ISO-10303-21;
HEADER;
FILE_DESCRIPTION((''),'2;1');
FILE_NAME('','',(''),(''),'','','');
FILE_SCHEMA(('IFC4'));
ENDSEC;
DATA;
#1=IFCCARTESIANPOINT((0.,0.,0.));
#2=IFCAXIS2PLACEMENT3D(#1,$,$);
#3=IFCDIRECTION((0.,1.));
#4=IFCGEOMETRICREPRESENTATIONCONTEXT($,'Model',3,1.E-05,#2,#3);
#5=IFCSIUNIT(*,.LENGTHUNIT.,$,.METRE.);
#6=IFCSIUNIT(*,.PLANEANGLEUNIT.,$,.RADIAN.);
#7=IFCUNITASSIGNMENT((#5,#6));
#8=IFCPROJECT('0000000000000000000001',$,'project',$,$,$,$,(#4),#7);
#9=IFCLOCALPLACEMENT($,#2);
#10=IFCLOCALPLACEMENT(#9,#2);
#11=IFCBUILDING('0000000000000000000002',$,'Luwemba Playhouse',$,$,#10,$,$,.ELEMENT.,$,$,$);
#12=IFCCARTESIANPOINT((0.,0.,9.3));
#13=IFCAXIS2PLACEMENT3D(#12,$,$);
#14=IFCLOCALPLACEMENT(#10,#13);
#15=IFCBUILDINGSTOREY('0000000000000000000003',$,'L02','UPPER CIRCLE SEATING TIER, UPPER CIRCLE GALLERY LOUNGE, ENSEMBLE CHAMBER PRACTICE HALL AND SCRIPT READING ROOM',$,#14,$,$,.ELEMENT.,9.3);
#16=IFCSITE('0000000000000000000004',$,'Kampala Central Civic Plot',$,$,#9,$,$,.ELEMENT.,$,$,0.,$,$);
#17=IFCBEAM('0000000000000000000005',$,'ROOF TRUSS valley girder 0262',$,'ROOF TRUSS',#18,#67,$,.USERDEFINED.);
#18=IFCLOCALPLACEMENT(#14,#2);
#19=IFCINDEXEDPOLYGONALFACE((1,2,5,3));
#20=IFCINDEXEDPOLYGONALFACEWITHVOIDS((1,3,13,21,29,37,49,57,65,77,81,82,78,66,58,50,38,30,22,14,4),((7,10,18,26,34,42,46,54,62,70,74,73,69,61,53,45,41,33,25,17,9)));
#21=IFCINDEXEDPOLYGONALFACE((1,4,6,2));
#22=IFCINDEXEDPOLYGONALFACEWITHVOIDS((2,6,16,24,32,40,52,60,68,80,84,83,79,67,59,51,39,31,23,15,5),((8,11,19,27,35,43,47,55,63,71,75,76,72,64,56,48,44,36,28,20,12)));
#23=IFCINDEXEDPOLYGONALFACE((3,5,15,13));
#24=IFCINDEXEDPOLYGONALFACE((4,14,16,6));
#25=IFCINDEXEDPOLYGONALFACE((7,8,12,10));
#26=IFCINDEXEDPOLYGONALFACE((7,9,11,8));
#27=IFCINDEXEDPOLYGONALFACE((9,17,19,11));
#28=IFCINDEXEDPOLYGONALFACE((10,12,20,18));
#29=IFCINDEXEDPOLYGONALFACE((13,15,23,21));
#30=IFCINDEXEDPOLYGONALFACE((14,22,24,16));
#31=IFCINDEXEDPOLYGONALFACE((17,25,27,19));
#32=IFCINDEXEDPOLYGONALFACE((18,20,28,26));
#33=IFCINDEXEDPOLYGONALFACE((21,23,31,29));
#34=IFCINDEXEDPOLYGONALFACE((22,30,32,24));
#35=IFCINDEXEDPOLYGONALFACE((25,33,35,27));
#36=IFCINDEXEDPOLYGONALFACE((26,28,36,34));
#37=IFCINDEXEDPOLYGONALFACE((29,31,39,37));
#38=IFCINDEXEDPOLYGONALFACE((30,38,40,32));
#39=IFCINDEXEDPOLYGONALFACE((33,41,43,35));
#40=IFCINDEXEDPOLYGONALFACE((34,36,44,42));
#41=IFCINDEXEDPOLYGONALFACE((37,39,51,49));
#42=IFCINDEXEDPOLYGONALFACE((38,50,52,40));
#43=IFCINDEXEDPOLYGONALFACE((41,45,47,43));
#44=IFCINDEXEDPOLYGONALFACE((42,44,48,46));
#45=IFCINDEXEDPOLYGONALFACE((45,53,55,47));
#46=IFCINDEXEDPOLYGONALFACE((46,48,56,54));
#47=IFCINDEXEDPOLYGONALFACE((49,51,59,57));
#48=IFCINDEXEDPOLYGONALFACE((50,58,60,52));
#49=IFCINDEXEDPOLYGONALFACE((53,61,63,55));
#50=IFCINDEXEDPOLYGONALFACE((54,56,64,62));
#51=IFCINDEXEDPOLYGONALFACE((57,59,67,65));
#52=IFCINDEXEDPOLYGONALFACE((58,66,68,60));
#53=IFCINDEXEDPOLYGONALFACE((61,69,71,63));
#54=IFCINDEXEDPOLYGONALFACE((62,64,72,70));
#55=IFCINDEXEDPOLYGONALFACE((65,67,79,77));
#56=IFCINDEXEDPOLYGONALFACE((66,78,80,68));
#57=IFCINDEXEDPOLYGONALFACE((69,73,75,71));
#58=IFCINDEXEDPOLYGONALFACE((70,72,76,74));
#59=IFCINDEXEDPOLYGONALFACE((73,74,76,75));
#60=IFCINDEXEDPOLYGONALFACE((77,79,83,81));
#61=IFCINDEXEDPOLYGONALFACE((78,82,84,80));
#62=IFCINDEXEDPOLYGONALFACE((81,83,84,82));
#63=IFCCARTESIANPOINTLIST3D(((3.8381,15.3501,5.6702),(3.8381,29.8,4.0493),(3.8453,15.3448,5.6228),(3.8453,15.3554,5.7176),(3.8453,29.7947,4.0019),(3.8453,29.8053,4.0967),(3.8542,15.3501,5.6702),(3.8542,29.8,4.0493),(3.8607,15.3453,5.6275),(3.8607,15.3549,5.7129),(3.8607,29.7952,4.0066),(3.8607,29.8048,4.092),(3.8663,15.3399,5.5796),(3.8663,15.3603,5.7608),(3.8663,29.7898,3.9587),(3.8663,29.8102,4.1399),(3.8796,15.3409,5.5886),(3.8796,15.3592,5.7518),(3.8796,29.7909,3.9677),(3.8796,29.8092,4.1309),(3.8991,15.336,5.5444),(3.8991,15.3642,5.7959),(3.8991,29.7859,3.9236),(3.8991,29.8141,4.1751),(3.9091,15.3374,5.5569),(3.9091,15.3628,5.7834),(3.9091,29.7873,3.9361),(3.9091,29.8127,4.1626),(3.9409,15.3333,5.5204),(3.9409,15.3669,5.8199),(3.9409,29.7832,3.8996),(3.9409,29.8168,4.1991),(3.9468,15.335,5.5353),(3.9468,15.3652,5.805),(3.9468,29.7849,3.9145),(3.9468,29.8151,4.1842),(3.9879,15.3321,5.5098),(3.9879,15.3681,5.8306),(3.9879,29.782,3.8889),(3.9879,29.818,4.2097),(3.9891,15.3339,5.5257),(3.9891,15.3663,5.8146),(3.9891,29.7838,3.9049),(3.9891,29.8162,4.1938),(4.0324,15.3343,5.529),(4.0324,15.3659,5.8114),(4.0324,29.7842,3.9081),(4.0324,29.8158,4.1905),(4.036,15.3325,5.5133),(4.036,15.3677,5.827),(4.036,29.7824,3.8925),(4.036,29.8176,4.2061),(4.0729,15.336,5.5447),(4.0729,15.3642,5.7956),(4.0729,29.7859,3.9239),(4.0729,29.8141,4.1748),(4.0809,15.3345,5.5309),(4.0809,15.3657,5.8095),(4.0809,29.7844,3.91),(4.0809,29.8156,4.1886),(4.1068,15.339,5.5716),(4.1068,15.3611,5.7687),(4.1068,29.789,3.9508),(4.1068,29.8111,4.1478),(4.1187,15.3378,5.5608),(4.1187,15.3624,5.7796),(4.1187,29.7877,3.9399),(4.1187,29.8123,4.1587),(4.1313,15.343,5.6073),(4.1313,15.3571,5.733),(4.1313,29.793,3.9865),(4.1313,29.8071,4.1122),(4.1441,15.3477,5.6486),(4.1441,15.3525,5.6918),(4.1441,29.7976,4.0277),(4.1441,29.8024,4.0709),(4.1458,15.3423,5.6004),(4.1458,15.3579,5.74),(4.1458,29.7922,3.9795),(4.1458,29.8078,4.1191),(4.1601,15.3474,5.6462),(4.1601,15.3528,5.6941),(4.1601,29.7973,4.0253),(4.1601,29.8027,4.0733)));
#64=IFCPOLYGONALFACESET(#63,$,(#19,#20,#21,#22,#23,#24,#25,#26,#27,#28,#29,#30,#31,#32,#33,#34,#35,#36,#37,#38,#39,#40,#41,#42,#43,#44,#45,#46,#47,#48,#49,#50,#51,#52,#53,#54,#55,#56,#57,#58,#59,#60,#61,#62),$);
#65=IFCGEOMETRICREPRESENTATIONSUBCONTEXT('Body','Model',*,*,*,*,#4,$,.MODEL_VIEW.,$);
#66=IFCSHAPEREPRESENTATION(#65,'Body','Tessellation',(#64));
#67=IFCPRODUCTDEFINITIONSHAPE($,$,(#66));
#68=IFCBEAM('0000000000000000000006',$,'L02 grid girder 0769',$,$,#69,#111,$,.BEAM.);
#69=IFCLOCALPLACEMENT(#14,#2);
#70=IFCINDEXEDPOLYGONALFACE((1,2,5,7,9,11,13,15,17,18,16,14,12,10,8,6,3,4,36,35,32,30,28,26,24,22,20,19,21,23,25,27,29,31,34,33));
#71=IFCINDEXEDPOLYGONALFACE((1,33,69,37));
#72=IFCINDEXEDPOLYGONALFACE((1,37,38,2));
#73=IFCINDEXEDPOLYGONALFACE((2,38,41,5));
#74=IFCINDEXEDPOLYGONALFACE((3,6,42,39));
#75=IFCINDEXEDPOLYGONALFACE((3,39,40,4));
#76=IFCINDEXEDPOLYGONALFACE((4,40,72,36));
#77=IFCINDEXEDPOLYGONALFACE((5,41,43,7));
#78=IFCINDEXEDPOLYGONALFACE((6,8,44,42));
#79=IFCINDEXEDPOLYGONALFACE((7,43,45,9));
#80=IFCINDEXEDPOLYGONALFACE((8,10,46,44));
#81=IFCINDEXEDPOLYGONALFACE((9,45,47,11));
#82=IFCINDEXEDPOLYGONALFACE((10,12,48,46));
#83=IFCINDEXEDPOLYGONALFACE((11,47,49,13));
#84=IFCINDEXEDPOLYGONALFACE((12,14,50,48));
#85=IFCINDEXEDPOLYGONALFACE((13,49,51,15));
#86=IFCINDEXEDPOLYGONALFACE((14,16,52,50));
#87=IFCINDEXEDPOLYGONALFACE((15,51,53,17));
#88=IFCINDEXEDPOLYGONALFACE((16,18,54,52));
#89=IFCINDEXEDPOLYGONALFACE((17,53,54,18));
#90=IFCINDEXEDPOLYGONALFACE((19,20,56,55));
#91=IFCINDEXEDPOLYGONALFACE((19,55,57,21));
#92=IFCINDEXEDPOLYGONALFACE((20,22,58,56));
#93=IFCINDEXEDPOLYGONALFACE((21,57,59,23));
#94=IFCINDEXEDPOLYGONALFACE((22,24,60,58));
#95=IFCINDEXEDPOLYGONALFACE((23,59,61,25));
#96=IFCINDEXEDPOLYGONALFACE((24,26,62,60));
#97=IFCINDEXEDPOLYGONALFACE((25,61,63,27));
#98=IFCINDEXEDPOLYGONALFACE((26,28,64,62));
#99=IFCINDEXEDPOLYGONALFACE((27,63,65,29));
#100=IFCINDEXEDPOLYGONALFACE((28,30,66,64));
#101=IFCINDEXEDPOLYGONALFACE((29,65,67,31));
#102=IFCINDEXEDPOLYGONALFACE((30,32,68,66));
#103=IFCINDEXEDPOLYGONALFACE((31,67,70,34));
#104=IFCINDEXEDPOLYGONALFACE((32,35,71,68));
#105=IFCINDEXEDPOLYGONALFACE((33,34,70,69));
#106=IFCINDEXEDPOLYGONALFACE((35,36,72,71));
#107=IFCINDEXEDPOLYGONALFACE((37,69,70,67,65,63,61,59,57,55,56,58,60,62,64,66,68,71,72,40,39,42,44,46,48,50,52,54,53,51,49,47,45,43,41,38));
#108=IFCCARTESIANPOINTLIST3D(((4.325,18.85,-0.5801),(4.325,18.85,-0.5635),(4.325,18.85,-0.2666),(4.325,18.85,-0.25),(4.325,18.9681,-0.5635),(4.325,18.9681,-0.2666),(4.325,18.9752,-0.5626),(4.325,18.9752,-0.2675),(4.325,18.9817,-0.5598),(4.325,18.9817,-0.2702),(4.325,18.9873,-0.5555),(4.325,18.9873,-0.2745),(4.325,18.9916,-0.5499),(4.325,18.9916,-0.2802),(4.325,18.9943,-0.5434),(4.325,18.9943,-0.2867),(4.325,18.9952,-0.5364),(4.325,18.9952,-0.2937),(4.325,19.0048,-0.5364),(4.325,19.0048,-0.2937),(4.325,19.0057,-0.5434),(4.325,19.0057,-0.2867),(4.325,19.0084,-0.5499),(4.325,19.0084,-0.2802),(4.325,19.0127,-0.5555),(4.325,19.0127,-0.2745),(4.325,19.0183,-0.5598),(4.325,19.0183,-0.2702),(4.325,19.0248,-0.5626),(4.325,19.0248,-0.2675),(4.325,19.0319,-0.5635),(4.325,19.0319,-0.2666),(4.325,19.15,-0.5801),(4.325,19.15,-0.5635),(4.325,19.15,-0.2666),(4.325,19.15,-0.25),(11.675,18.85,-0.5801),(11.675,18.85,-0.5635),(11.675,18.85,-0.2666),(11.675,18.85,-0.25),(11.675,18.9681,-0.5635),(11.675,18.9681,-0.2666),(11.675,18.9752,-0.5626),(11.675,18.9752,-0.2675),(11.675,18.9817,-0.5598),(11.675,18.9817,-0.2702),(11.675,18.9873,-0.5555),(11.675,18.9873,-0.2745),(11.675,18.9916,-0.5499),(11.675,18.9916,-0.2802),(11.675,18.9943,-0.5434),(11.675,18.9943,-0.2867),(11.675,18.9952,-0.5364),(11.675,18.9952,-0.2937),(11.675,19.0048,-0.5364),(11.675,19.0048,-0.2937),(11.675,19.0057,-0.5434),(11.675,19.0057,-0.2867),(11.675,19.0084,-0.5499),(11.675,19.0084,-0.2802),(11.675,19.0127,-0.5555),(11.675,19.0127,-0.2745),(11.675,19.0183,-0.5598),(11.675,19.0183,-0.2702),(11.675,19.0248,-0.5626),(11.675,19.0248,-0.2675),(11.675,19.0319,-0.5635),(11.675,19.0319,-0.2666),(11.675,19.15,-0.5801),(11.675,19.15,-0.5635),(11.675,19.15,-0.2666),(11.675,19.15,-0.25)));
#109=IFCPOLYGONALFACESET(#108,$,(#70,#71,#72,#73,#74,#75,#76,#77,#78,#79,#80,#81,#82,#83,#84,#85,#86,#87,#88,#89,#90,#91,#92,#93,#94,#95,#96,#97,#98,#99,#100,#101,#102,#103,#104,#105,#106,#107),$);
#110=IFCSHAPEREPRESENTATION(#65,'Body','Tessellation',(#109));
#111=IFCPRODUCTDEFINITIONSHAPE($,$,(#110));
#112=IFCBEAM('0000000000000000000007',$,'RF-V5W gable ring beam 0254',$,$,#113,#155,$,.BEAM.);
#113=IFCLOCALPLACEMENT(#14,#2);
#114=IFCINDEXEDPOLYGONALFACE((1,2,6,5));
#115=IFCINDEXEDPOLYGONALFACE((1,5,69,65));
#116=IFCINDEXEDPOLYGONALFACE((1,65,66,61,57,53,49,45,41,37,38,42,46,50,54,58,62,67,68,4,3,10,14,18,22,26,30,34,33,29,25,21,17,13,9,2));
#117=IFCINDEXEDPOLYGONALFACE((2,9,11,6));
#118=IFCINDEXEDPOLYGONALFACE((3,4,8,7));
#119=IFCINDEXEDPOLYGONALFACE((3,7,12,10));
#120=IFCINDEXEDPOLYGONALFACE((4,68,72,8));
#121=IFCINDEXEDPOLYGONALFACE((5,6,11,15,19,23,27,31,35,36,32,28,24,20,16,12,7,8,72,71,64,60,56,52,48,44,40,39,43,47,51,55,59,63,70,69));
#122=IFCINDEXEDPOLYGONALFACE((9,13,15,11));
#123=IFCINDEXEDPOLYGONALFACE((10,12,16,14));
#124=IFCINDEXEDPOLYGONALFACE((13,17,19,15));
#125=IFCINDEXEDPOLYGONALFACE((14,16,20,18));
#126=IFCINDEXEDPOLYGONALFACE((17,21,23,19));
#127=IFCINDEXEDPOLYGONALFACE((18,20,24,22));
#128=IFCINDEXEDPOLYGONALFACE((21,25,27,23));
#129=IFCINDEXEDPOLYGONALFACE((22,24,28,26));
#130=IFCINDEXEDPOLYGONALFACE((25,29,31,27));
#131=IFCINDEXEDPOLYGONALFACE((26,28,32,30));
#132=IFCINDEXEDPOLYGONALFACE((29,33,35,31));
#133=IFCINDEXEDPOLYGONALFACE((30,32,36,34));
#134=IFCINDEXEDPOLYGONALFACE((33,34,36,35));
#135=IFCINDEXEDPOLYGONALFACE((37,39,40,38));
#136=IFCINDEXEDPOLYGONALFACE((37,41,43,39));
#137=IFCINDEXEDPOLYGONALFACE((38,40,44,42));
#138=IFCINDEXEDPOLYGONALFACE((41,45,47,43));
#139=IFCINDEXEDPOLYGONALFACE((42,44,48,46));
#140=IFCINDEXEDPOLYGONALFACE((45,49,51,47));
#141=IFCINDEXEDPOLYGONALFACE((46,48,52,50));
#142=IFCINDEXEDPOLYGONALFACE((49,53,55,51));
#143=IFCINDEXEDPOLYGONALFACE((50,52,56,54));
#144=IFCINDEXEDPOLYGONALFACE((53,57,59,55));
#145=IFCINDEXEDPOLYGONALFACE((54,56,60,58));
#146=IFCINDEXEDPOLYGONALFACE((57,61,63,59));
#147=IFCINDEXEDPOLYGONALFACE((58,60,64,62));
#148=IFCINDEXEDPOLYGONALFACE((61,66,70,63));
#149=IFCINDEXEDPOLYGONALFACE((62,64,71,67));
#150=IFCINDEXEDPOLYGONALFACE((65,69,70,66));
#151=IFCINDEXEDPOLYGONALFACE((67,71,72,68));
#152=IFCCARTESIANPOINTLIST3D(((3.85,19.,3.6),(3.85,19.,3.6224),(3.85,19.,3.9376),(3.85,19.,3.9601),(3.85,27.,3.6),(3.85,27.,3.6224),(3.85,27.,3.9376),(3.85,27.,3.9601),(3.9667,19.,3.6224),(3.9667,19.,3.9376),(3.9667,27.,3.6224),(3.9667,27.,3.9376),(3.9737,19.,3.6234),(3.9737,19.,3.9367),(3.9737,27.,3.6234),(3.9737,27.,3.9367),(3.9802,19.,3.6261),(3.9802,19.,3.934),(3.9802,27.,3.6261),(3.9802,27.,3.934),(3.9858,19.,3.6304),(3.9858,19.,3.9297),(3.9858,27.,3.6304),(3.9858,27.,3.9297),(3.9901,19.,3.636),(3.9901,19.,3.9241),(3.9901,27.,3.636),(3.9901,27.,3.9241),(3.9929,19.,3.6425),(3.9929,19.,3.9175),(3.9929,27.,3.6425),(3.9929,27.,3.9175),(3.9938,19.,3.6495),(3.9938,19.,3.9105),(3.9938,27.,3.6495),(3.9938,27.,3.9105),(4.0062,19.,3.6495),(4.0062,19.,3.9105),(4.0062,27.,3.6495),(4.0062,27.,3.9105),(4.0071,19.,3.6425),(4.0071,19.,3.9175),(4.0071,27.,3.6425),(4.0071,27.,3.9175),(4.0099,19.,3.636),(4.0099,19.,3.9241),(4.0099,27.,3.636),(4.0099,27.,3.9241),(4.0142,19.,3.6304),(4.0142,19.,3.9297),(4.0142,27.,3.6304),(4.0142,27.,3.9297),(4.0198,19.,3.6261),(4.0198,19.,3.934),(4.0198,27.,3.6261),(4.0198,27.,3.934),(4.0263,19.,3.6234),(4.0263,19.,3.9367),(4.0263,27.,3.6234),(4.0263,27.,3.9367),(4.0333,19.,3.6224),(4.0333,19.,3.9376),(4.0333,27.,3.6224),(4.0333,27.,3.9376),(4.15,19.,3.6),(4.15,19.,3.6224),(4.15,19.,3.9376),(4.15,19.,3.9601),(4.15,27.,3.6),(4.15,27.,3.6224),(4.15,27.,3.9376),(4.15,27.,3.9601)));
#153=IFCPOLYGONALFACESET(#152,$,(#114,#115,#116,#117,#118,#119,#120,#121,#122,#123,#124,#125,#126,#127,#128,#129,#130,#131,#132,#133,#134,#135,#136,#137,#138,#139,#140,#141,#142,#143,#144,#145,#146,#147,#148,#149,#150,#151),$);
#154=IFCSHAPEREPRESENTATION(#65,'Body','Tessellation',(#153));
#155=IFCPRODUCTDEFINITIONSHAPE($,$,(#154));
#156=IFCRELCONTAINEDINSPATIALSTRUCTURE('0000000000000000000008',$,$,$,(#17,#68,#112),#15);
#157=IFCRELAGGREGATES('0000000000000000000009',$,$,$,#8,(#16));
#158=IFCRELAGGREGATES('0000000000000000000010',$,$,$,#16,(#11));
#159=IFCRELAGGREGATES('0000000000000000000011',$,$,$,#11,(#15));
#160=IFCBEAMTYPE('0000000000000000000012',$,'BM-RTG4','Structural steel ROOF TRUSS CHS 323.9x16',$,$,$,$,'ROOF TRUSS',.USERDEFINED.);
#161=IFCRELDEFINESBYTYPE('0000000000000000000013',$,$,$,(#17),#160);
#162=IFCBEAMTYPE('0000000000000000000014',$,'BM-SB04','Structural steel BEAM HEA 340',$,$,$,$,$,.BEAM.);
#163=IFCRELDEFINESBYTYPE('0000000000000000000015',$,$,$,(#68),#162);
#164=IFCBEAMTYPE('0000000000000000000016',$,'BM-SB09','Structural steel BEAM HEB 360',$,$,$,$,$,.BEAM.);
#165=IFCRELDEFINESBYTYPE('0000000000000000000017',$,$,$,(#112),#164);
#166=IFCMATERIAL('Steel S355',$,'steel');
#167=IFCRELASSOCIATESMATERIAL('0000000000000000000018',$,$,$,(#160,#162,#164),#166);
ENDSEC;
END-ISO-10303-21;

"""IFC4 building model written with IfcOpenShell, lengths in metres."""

from ifc_helpers import new_model, si_unit, direction, frame, origin, origin_2d, place, context, subcontext, project, spatial, hollow_circle, i_section, extrude, material, material_profile, profile_set, type_object, element, save


model = new_model("IFC4")

# Units and contexts
model_context = context("Model", 3, precision=1e-05, world=origin(), true_north=direction((0.0, 1.0)))
body_context = subcontext(model_context, "Body", "Model", "MODEL_VIEW")
ifc_project = project(units=[si_unit("LENGTHUNIT", "METRE"), si_unit("PLANEANGLEUNIT", "RADIAN")], contexts=[model_context])

# Site, building, storey
site_placement = place(None, origin())
site = spatial("IfcSite", under=ifc_project, at=site_placement, Name="Kampala Central Civic Plot", CompositionType="ELEMENT", RefElevation=0.0)
building_placement = place(site_placement, origin())
building = spatial("IfcBuilding", under=site, at=building_placement, Name="Luwemba Playhouse", CompositionType="ELEMENT")
storey_placement = place(building_placement, frame((0.0, 0.0, 9.3)))
storey = spatial("IfcBuildingStorey", under=building, at=storey_placement, Name="L02", Description="UPPER CIRCLE SEATING TIER, UPPER CIRCLE GALLERY LOUNGE, ENSEMBLE CHAMBER PRACTICE HALL AND SCRIPT READING ROOM", CompositionType="ELEMENT", Elevation=9.3)

# Beams
ifc_material_1 = material(Name="Steel S355", Category="steel")
ifc_material_profile_1 = material_profile(ifc_material_1, hollow_circle(Radius=0.1619, WallThickness=0.0161, at=origin_2d()))
ifc_profile_set_1 = profile_set([ifc_material_profile_1], Name="Steel S355")
beam_type_1 = type_object("IfcBeamType", Name="BM-RTG4", Description="Structural steel ROOF TRUSS CHS 323.9x16", ElementType="ROOF TRUSS", PredefinedType="USERDEFINED", material=ifc_profile_set_1)
beam_1_placement = place(storey_placement, frame((4.0, 15.3501, 5.6702), z_axis=(0.0, 0.993768, -0.111471), x_axis=(-1.0, 0.0, 0.0)))
element("IfcBeam", 1, at=beam_1_placement, inside=storey, type_object=beam_type_1, Name="ROOF TRUSS valley girder 0262", ObjectType="ROOF TRUSS", PredefinedType="USERDEFINED", context=body_context, shape_type="SweptSolid", body=[
    extrude(hollow_circle(Radius=0.1619, WallThickness=0.0161, at=origin_2d()), origin(), (0.0, 0.0, 1.0), 14.5405),
])
ifc_material_profile_2 = material_profile(ifc_material_1, i_section(OverallWidth=0.3, OverallDepth=0.3301, WebThickness=0.0095, FlangeThickness=0.0166, FilletRadius=0.0271, at=origin_2d()))
ifc_profile_set_2 = profile_set([ifc_material_profile_2], Name="Steel S355")
beam_type_2 = type_object("IfcBeamType", Name="BM-SB04", Description="Structural steel BEAM HEA 340", PredefinedType="BEAM", material=ifc_profile_set_2)
beam_2_placement = place(storey_placement, frame((4.325, 19.0, -0.415), z_axis=(1.0, 0.0, 0.0), x_axis=(0.0, 1.0, 0.0)))
element("IfcBeam", 2, at=beam_2_placement, inside=storey, type_object=beam_type_2, Name="L02 grid girder 0769", PredefinedType="BEAM", context=body_context, shape_type="SweptSolid", body=[
    extrude(i_section(OverallWidth=0.3, OverallDepth=0.3301, WebThickness=0.0095, FlangeThickness=0.0166, FilletRadius=0.0271, at=origin_2d()), origin(), (0.0, 0.0, 1.0), 7.3501),
])
ifc_material_profile_3 = material_profile(ifc_material_1, i_section(OverallWidth=0.3, OverallDepth=0.3601, WebThickness=0.0125, FlangeThickness=0.0225, FilletRadius=0.0271, at=origin_2d()))
ifc_profile_set_3 = profile_set([ifc_material_profile_3], Name="Steel S355")
beam_type_3 = type_object("IfcBeamType", Name="BM-SB09", Description="Structural steel BEAM HEB 360", PredefinedType="BEAM", material=ifc_profile_set_3)
beam_3_placement = place(storey_placement, frame((4.0, 19.0, 3.78), z_axis=(0.0, 1.0, 0.0), x_axis=(-1.0, 0.0, 0.0)))
element("IfcBeam", 3, at=beam_3_placement, inside=storey, type_object=beam_type_3, Name="RF-V5W gable ring beam 0254", PredefinedType="BEAM", context=body_context, shape_type="SweptSolid", body=[
    extrude(i_section(OverallWidth=0.3, OverallDepth=0.3601, WebThickness=0.0125, FlangeThickness=0.0225, FilletRadius=0.0271, at=origin_2d()), origin(), (0.0, 0.0, 1.0), 8.0),
])

save(model, "model.ifc")
